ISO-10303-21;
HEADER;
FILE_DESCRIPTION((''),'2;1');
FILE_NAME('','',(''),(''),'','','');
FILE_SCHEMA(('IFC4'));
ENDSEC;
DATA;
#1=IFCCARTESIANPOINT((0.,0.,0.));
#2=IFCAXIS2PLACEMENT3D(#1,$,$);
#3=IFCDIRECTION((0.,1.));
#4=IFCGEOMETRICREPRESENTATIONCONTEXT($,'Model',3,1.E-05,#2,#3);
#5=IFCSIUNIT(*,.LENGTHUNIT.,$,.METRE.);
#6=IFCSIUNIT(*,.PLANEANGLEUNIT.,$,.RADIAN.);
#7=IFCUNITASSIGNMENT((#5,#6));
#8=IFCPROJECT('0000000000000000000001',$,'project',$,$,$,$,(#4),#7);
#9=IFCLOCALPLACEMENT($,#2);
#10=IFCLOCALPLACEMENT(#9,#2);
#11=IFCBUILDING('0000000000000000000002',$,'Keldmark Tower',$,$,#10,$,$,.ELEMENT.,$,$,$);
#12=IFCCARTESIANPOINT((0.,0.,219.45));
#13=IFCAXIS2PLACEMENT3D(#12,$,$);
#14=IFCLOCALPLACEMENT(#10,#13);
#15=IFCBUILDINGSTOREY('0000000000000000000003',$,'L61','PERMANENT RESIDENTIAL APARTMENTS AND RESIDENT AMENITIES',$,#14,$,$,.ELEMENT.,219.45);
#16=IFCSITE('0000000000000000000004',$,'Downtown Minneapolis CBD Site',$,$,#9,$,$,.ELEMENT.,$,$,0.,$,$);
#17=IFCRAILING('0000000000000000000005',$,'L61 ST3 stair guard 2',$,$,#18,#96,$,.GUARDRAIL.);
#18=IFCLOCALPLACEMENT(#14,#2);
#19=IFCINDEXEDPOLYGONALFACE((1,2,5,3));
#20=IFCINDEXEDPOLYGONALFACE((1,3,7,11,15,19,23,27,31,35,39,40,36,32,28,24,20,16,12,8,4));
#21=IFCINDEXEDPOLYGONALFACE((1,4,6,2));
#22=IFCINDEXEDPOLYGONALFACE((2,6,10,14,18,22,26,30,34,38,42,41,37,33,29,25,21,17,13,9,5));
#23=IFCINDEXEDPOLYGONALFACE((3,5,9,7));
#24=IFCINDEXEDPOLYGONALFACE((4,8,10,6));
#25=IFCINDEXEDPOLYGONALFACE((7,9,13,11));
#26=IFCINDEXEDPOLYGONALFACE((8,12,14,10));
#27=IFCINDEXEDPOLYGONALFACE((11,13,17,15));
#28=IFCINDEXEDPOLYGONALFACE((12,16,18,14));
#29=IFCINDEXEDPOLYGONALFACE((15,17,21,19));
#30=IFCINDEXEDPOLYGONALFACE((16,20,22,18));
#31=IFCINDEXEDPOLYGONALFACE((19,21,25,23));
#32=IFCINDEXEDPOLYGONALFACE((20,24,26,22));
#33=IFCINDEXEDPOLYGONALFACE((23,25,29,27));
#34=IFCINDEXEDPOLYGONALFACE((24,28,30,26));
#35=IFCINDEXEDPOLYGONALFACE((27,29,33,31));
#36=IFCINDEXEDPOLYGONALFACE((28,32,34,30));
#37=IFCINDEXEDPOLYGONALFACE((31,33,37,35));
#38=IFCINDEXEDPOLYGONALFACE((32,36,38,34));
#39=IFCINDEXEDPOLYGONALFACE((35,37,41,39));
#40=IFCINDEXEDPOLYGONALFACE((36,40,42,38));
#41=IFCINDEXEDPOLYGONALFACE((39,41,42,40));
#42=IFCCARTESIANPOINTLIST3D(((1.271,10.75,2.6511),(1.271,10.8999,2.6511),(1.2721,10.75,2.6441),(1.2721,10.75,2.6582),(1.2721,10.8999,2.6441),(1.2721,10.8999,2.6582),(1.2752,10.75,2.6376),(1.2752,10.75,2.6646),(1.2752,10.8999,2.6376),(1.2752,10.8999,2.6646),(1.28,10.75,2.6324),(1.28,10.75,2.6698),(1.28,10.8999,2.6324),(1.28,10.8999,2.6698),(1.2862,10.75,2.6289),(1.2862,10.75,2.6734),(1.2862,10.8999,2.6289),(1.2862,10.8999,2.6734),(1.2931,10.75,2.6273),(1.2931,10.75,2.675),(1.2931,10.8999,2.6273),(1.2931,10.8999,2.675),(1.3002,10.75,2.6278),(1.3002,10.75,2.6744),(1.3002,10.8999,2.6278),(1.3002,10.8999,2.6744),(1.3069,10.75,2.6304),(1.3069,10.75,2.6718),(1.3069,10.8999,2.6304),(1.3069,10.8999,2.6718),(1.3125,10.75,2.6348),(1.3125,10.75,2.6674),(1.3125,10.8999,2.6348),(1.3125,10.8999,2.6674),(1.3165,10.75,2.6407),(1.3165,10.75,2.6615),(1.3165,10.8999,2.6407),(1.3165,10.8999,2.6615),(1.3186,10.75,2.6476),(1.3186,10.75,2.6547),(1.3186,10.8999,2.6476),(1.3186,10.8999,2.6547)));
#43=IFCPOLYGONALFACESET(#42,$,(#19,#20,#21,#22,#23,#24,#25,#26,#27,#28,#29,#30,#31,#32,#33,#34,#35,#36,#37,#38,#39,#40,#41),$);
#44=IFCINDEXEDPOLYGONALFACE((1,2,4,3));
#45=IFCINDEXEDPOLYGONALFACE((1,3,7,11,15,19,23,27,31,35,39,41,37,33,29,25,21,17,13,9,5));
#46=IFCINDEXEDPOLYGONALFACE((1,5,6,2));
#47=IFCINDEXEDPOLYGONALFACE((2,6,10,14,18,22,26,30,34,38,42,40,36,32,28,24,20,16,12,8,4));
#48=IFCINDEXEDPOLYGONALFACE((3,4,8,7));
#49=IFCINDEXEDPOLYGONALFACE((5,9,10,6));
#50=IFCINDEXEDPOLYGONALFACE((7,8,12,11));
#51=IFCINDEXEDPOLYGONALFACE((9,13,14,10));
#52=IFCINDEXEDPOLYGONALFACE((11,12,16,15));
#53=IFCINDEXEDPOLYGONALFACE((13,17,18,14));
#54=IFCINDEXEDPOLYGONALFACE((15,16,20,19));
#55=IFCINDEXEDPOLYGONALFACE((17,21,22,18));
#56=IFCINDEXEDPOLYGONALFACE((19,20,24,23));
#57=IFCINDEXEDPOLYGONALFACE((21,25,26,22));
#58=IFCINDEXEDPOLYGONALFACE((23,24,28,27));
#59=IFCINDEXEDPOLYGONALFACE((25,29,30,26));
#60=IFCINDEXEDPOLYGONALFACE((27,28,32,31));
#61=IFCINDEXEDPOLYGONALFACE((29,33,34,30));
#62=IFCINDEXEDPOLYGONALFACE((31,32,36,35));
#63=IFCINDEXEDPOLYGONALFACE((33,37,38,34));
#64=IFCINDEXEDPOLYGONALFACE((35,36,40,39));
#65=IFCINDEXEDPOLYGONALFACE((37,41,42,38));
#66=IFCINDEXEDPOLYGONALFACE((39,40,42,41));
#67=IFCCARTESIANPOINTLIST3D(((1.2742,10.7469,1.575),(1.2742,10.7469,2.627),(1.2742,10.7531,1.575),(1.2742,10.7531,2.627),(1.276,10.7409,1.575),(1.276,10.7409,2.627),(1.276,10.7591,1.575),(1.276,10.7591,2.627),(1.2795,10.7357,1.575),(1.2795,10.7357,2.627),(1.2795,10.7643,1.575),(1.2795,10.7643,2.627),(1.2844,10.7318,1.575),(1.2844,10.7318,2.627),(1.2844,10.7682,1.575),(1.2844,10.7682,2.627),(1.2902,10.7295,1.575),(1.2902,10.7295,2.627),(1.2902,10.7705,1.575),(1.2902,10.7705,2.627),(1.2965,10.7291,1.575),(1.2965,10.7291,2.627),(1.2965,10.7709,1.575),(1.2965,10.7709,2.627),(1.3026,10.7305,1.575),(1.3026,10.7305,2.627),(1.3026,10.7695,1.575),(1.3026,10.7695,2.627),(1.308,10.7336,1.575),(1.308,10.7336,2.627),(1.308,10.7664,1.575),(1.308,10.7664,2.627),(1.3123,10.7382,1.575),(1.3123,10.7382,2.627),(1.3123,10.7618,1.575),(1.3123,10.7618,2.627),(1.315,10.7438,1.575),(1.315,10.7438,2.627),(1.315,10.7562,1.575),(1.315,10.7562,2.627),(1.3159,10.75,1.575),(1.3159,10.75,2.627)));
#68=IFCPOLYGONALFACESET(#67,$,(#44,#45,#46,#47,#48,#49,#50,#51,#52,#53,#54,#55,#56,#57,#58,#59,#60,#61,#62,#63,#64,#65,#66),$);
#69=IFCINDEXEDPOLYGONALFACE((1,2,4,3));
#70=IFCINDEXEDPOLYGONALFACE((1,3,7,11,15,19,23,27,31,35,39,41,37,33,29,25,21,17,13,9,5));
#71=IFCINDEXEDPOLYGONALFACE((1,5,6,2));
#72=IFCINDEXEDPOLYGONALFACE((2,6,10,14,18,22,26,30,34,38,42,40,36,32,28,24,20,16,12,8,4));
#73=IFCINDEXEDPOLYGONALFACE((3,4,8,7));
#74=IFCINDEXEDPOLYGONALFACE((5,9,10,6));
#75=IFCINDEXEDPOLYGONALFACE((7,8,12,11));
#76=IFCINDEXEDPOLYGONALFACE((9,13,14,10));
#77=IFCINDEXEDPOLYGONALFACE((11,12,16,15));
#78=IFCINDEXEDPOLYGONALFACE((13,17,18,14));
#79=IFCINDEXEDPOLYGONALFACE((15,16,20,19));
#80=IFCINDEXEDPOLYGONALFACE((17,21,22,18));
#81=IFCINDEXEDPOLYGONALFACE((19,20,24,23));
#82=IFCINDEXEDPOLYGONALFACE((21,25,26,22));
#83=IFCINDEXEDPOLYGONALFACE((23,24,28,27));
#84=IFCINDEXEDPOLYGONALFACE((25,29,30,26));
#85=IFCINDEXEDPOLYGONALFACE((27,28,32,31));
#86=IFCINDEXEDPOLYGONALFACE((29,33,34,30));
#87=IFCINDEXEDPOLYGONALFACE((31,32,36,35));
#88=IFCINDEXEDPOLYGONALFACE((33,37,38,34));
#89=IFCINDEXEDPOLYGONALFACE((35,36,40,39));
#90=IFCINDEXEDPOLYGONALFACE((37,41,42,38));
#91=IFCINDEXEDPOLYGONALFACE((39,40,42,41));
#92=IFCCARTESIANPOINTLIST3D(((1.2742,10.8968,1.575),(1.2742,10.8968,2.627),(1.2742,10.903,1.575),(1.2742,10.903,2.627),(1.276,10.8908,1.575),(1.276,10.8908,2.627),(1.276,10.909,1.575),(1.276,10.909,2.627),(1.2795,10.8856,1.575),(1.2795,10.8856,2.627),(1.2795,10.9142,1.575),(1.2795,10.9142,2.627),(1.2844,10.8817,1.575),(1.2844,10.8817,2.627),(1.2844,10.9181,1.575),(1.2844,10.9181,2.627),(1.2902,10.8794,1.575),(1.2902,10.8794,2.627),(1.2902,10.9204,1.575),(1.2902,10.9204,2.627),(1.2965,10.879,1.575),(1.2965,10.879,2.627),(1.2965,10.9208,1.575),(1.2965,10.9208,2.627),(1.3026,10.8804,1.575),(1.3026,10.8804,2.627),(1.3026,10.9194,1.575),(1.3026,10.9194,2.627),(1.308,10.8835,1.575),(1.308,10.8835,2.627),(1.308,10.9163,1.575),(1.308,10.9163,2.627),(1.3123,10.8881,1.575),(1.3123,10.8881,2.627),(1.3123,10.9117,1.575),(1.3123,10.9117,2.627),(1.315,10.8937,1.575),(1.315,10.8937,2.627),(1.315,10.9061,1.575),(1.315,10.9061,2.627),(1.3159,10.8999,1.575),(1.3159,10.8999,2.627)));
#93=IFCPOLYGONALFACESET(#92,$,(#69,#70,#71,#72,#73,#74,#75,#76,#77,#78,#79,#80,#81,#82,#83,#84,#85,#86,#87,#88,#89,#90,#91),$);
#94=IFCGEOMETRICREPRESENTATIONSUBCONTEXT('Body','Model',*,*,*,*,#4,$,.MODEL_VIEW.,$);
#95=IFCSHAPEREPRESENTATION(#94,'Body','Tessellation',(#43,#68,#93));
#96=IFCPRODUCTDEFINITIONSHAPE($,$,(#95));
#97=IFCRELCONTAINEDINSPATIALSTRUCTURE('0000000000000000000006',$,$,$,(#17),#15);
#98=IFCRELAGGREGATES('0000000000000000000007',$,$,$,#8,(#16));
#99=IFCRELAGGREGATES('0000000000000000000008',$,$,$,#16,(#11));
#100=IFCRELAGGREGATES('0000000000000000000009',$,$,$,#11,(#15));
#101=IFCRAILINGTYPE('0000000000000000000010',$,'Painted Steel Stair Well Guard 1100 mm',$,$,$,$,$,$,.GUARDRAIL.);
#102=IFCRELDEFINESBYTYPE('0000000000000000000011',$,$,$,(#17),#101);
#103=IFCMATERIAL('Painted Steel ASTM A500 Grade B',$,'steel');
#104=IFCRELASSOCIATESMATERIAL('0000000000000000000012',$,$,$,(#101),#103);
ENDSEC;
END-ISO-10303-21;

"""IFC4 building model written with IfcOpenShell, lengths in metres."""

from ifc_helpers import new_model, si_unit, direction, frame, origin, origin_2d, place, context, subcontext, project, spatial, circle, extrude, material, type_object, element, save


model = new_model("IFC4")

# Units and contexts
model_context = context("Model", 3, precision=1e-05, world=origin(), true_north=direction((0.0, 1.0)))
body_context = subcontext(model_context, "Body", "Model", "MODEL_VIEW")
ifc_project = project(units=[si_unit("LENGTHUNIT", "METRE"), si_unit("PLANEANGLEUNIT", "RADIAN")], contexts=[model_context])

# Site, building, storey
site_placement = place(None, origin())
site = spatial("IfcSite", under=ifc_project, at=site_placement, Name="Downtown Minneapolis CBD Site", CompositionType="ELEMENT", RefElevation=0.0)
building_placement = place(site_placement, origin())
building = spatial("IfcBuilding", under=site, at=building_placement, Name="Keldmark Tower", CompositionType="ELEMENT")
storey_placement = place(building_placement, frame((0.0, 0.0, 219.45)))
storey = spatial("IfcBuildingStorey", under=building, at=storey_placement, Name="L61", Description="PERMANENT RESIDENTIAL APARTMENTS AND RESIDENT AMENITIES", CompositionType="ELEMENT", Elevation=219.45)

# Railing
ifc_material_1 = material(Name="Painted Steel ASTM A500 Grade B", Category="steel")
railing_type_1 = type_object("IfcRailingType", Name="Painted Steel Stair Well Guard 1100 mm", PredefinedType="GUARDRAIL", material=ifc_material_1)
railing_1_placement = place(storey_placement, frame((1.2949, 10.75, 1.575)))
element("IfcRailing", 1, at=railing_1_placement, inside=storey, type_object=railing_type_1, Name="L61 ST3 stair guard 2", PredefinedType="GUARDRAIL", context=body_context, shape_type="SweptSolid", body=[
    extrude(circle(Radius=0.0239, at=origin_2d()), frame((0.0, 0.0, 1.0762), z_axis=(0.0, 1.0, 0.0), x_axis=(-1.0, 0.0, 0.0)), (0.0, 0.0, 1.0), 0.1499),
    extrude(circle(Radius=0.021, at=origin_2d()), origin(), (0.0, 0.0, 1.0), 1.052),
    extrude(circle(Radius=0.021, at=origin_2d()), frame((0.0, 0.1499, 0.0)), (0.0, 0.0, 1.0), 1.052),
])

save(model, "model.ifc")
